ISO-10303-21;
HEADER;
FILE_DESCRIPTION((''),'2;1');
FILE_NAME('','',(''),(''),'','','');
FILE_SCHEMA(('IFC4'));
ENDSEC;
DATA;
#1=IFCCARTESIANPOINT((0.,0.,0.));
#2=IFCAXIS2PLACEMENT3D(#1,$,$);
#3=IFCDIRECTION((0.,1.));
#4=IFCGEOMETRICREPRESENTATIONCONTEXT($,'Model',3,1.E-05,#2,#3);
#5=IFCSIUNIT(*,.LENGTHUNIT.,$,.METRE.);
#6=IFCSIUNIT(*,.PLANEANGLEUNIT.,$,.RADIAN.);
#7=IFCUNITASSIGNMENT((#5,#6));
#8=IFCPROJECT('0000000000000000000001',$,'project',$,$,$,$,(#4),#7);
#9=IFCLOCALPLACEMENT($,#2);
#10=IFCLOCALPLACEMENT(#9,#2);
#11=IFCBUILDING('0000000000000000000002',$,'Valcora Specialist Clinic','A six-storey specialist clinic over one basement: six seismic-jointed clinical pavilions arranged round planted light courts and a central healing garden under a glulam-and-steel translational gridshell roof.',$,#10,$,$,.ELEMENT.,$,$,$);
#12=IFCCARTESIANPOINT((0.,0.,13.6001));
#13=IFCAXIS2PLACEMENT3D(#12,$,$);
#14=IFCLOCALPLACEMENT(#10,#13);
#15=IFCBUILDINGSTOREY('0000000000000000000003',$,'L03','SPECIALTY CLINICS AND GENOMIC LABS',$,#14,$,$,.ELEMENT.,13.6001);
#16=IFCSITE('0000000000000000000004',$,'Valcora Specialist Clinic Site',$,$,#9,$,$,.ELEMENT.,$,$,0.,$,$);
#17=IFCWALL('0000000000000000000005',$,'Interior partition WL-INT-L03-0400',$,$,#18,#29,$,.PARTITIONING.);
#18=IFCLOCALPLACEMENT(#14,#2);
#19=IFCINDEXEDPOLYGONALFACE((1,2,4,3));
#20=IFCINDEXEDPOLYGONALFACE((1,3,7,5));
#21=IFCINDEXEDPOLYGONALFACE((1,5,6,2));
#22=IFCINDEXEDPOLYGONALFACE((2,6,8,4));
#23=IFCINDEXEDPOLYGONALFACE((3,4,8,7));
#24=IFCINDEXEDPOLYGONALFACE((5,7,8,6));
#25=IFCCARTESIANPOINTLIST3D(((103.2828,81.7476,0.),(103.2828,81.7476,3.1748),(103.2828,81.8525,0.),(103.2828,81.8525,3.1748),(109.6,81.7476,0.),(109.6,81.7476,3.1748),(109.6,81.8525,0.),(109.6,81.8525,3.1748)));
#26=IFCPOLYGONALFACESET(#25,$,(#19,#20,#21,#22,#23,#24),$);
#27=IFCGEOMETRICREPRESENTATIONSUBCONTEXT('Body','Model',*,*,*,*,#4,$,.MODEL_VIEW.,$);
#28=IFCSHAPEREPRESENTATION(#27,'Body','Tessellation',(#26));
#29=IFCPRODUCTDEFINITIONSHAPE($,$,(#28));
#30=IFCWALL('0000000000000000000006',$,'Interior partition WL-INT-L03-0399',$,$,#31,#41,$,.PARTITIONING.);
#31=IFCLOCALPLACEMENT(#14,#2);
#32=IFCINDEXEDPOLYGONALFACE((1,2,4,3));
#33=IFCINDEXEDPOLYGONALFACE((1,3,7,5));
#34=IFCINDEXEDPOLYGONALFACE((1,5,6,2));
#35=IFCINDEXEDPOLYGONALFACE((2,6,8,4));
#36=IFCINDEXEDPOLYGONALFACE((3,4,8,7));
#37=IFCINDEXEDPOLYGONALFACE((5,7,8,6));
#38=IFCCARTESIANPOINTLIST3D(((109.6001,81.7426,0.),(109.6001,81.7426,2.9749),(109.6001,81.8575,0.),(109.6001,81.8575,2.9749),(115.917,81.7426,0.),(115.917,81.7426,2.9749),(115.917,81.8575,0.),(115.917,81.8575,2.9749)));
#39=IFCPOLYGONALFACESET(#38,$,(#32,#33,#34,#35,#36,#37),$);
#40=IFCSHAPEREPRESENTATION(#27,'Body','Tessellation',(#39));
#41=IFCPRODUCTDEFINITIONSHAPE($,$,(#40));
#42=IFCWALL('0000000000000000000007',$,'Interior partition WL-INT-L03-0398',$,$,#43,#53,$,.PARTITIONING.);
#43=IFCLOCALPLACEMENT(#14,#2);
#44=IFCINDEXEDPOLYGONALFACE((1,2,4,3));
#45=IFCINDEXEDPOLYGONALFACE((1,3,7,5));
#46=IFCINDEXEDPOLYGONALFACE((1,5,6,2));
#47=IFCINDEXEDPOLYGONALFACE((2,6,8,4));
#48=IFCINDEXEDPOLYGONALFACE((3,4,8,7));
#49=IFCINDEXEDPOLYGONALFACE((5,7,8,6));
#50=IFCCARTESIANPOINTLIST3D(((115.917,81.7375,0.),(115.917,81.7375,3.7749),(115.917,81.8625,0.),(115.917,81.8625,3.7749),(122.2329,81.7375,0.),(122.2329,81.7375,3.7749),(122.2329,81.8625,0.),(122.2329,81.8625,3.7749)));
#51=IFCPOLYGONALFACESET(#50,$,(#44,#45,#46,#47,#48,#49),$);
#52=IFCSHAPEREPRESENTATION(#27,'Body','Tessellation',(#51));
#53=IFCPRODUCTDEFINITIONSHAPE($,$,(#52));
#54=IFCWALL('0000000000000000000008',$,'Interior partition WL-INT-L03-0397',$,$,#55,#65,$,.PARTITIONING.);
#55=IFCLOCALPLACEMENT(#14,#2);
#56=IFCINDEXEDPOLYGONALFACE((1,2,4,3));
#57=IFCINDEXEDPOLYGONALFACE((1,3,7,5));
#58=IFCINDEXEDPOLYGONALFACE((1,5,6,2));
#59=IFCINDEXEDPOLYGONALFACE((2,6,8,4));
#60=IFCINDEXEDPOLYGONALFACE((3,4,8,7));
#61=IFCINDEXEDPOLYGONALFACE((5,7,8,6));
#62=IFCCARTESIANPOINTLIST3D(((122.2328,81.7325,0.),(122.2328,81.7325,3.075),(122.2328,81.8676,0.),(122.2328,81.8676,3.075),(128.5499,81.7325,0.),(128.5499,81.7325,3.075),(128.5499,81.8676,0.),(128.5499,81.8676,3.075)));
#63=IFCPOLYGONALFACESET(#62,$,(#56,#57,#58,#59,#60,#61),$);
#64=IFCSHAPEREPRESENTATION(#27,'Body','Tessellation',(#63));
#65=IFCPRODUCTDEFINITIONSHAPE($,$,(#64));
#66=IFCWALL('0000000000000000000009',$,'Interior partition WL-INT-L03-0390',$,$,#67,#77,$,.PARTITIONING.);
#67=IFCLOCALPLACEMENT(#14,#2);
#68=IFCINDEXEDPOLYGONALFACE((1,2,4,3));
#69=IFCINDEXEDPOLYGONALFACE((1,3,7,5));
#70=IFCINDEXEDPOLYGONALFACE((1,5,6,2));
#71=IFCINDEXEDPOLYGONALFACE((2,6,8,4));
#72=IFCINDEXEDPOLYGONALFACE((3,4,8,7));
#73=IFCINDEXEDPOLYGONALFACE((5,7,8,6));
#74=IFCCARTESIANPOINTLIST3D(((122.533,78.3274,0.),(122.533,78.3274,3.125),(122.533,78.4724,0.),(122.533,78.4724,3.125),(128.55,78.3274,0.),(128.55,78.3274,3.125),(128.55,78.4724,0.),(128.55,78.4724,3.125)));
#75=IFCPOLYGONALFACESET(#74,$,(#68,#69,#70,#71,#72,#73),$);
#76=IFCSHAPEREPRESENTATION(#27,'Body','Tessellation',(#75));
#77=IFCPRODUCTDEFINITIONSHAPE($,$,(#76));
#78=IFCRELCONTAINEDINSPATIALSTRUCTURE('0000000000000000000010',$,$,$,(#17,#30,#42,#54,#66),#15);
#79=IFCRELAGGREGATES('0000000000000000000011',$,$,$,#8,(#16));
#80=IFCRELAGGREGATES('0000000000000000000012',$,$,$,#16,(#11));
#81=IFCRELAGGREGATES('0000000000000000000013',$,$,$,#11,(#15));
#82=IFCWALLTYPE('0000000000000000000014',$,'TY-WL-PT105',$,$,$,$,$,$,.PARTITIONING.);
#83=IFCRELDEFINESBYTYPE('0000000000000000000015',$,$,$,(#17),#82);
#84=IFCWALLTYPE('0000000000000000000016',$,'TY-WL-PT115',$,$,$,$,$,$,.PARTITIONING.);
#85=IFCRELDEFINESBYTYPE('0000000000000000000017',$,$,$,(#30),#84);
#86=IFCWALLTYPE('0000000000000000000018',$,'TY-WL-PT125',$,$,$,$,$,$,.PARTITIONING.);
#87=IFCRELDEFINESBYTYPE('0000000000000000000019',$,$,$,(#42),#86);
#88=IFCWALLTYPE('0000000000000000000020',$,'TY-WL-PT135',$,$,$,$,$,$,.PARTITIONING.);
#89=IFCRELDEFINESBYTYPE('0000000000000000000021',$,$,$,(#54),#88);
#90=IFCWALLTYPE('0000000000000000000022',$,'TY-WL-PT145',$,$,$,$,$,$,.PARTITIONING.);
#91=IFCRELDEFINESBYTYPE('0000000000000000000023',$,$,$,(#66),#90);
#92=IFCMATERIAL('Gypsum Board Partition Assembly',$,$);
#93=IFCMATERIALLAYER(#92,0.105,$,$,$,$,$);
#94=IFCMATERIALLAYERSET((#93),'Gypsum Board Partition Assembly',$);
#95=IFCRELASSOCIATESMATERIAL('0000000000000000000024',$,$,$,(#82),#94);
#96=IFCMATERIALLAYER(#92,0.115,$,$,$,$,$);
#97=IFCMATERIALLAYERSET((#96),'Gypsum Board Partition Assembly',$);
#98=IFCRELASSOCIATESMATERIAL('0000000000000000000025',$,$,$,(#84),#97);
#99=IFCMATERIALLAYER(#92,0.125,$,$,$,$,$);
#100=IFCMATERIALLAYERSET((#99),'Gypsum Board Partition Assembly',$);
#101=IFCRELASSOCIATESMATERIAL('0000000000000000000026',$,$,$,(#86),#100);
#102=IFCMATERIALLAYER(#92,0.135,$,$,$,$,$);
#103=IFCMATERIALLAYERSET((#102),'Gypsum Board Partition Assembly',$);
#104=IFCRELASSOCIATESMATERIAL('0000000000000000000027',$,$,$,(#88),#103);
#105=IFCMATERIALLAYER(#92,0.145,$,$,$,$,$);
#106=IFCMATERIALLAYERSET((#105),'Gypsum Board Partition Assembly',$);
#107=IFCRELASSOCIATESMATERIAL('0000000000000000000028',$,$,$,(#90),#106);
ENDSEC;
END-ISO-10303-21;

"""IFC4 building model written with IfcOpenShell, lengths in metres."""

from ifc_helpers import new_model, si_unit, direction, frame, frame_2d, origin, place, context, subcontext, project, spatial, rectangle, extrude, material, layer, layer_set, type_object, element, save


model = new_model("IFC4")

# Units and contexts
model_context = context("Model", 3, precision=1e-05, world=origin(), true_north=direction((0.0, 1.0)))
body_context = subcontext(model_context, "Body", "Model", "MODEL_VIEW")
ifc_project = project(units=[si_unit("LENGTHUNIT", "METRE"), si_unit("PLANEANGLEUNIT", "RADIAN")], contexts=[model_context])

# Site, building, storey
site_placement = place(None, origin())
site = spatial("IfcSite", under=ifc_project, at=site_placement, Name="Valcora Specialist Clinic Site", CompositionType="ELEMENT", RefElevation=0.0)
building_placement = place(site_placement, origin())
building = spatial("IfcBuilding", under=site, at=building_placement, Name="Valcora Specialist Clinic", Description="A six-storey specialist clinic over one basement: six seismic-jointed clinical pavilions arranged round planted light courts and a central healing garden under a glulam-and-steel translational gridshell roof.", CompositionType="ELEMENT")
storey_placement = place(building_placement, frame((0.0, 0.0, 13.6001)))
storey = spatial("IfcBuildingStorey", under=building, at=storey_placement, Name="L03", Description="SPECIALTY CLINICS AND GENOMIC LABS", CompositionType="ELEMENT", Elevation=13.6001)

# Walls
ifc_material_1 = material(Name="Gypsum Board Partition Assembly")
ifc_layer_1 = layer(ifc_material_1, 0.105)
ifc_layer_set_1 = layer_set([ifc_layer_1], Name="Gypsum Board Partition Assembly")
wall_type_1 = type_object("IfcWallType", Name="TY-WL-PT105", PredefinedType="PARTITIONING", material=ifc_layer_set_1)
wall_1_placement = place(storey_placement, frame((109.6001, 81.8, 0.0), z_axis=(0.0, 0.0, 1.0), x_axis=(-1.0, 0.0, 0.0)))
element("IfcWall", 1, at=wall_1_placement, inside=storey, type_object=wall_type_1, Name="Interior partition WL-INT-L03-0400", PredefinedType="PARTITIONING", context=body_context, shape_type="SweptSolid", body=[
    extrude(rectangle(XDim=6.3171, YDim=0.105, at=frame_2d((3.1587, 0.0))), origin(), (0.0, 0.0, 1.0), 3.1748),
])
ifc_layer_2 = layer(ifc_material_1, 0.115)
ifc_layer_set_2 = layer_set([ifc_layer_2], Name="Gypsum Board Partition Assembly")
wall_type_2 = type_object("IfcWallType", Name="TY-WL-PT115", PredefinedType="PARTITIONING", material=ifc_layer_set_2)
wall_2_placement = place(storey_placement, frame((115.917, 81.8, 0.0), z_axis=(0.0, 0.0, 1.0), x_axis=(-1.0, 0.0, 0.0)))
element("IfcWall", 2, at=wall_2_placement, inside=storey, type_object=wall_type_2, Name="Interior partition WL-INT-L03-0399", PredefinedType="PARTITIONING", context=body_context, shape_type="SweptSolid", body=[
    extrude(rectangle(XDim=6.3169, YDim=0.115, at=frame_2d((3.1584, 0.0))), origin(), (0.0, 0.0, 1.0), 2.9749),
])
ifc_layer_3 = layer(ifc_material_1, 0.125)
ifc_layer_set_3 = layer_set([ifc_layer_3], Name="Gypsum Board Partition Assembly")
wall_type_3 = type_object("IfcWallType", Name="TY-WL-PT125", PredefinedType="PARTITIONING", material=ifc_layer_set_3)
wall_3_placement = place(storey_placement, frame((122.2329, 81.8, 0.0), z_axis=(0.0, 0.0, 1.0), x_axis=(-1.0, 0.0, 0.0)))
element("IfcWall", 3, at=wall_3_placement, inside=storey, type_object=wall_type_3, Name="Interior partition WL-INT-L03-0398", PredefinedType="PARTITIONING", context=body_context, shape_type="SweptSolid", body=[
    extrude(rectangle(XDim=6.3159, YDim=0.125, at=frame_2d((3.158, 0.0))), origin(), (0.0, 0.0, 1.0), 3.7749),
])
ifc_layer_4 = layer(ifc_material_1, 0.135)
ifc_layer_set_4 = layer_set([ifc_layer_4], Name="Gypsum Board Partition Assembly")
wall_type_4 = type_object("IfcWallType", Name="TY-WL-PT135", PredefinedType="PARTITIONING", material=ifc_layer_set_4)
wall_4_placement = place(storey_placement, frame((128.55, 81.8, 0.0), z_axis=(0.0, 0.0, 1.0), x_axis=(-1.0, 0.0, 0.0)))
element("IfcWall", 4, at=wall_4_placement, inside=storey, type_object=wall_type_4, Name="Interior partition WL-INT-L03-0397", PredefinedType="PARTITIONING", context=body_context, shape_type="SweptSolid", body=[
    extrude(rectangle(XDim=6.3171, YDim=0.135, at=frame_2d((3.1587, 0.0))), origin(), (0.0, 0.0, 1.0), 3.075),
])
ifc_layer_5 = layer(ifc_material_1, 0.145)
ifc_layer_set_5 = layer_set([ifc_layer_5], Name="Gypsum Board Partition Assembly")
wall_type_5 = type_object("IfcWallType", Name="TY-WL-PT145", PredefinedType="PARTITIONING", material=ifc_layer_set_5)
wall_5_placement = place(storey_placement, frame((122.533, 78.3999, 0.0), z_axis=(0.0, 0.0, 1.0), x_axis=(1.0, 0.0, 0.0)))
element("IfcWall", 5, at=wall_5_placement, inside=storey, type_object=wall_type_5, Name="Interior partition WL-INT-L03-0390", PredefinedType="PARTITIONING", context=body_context, shape_type="SweptSolid", body=[
    extrude(rectangle(XDim=6.0171, YDim=0.145, at=frame_2d((3.0085, 0.0))), origin(), (0.0, 0.0, 1.0), 3.125),
])

save(model, "model.ifc")
